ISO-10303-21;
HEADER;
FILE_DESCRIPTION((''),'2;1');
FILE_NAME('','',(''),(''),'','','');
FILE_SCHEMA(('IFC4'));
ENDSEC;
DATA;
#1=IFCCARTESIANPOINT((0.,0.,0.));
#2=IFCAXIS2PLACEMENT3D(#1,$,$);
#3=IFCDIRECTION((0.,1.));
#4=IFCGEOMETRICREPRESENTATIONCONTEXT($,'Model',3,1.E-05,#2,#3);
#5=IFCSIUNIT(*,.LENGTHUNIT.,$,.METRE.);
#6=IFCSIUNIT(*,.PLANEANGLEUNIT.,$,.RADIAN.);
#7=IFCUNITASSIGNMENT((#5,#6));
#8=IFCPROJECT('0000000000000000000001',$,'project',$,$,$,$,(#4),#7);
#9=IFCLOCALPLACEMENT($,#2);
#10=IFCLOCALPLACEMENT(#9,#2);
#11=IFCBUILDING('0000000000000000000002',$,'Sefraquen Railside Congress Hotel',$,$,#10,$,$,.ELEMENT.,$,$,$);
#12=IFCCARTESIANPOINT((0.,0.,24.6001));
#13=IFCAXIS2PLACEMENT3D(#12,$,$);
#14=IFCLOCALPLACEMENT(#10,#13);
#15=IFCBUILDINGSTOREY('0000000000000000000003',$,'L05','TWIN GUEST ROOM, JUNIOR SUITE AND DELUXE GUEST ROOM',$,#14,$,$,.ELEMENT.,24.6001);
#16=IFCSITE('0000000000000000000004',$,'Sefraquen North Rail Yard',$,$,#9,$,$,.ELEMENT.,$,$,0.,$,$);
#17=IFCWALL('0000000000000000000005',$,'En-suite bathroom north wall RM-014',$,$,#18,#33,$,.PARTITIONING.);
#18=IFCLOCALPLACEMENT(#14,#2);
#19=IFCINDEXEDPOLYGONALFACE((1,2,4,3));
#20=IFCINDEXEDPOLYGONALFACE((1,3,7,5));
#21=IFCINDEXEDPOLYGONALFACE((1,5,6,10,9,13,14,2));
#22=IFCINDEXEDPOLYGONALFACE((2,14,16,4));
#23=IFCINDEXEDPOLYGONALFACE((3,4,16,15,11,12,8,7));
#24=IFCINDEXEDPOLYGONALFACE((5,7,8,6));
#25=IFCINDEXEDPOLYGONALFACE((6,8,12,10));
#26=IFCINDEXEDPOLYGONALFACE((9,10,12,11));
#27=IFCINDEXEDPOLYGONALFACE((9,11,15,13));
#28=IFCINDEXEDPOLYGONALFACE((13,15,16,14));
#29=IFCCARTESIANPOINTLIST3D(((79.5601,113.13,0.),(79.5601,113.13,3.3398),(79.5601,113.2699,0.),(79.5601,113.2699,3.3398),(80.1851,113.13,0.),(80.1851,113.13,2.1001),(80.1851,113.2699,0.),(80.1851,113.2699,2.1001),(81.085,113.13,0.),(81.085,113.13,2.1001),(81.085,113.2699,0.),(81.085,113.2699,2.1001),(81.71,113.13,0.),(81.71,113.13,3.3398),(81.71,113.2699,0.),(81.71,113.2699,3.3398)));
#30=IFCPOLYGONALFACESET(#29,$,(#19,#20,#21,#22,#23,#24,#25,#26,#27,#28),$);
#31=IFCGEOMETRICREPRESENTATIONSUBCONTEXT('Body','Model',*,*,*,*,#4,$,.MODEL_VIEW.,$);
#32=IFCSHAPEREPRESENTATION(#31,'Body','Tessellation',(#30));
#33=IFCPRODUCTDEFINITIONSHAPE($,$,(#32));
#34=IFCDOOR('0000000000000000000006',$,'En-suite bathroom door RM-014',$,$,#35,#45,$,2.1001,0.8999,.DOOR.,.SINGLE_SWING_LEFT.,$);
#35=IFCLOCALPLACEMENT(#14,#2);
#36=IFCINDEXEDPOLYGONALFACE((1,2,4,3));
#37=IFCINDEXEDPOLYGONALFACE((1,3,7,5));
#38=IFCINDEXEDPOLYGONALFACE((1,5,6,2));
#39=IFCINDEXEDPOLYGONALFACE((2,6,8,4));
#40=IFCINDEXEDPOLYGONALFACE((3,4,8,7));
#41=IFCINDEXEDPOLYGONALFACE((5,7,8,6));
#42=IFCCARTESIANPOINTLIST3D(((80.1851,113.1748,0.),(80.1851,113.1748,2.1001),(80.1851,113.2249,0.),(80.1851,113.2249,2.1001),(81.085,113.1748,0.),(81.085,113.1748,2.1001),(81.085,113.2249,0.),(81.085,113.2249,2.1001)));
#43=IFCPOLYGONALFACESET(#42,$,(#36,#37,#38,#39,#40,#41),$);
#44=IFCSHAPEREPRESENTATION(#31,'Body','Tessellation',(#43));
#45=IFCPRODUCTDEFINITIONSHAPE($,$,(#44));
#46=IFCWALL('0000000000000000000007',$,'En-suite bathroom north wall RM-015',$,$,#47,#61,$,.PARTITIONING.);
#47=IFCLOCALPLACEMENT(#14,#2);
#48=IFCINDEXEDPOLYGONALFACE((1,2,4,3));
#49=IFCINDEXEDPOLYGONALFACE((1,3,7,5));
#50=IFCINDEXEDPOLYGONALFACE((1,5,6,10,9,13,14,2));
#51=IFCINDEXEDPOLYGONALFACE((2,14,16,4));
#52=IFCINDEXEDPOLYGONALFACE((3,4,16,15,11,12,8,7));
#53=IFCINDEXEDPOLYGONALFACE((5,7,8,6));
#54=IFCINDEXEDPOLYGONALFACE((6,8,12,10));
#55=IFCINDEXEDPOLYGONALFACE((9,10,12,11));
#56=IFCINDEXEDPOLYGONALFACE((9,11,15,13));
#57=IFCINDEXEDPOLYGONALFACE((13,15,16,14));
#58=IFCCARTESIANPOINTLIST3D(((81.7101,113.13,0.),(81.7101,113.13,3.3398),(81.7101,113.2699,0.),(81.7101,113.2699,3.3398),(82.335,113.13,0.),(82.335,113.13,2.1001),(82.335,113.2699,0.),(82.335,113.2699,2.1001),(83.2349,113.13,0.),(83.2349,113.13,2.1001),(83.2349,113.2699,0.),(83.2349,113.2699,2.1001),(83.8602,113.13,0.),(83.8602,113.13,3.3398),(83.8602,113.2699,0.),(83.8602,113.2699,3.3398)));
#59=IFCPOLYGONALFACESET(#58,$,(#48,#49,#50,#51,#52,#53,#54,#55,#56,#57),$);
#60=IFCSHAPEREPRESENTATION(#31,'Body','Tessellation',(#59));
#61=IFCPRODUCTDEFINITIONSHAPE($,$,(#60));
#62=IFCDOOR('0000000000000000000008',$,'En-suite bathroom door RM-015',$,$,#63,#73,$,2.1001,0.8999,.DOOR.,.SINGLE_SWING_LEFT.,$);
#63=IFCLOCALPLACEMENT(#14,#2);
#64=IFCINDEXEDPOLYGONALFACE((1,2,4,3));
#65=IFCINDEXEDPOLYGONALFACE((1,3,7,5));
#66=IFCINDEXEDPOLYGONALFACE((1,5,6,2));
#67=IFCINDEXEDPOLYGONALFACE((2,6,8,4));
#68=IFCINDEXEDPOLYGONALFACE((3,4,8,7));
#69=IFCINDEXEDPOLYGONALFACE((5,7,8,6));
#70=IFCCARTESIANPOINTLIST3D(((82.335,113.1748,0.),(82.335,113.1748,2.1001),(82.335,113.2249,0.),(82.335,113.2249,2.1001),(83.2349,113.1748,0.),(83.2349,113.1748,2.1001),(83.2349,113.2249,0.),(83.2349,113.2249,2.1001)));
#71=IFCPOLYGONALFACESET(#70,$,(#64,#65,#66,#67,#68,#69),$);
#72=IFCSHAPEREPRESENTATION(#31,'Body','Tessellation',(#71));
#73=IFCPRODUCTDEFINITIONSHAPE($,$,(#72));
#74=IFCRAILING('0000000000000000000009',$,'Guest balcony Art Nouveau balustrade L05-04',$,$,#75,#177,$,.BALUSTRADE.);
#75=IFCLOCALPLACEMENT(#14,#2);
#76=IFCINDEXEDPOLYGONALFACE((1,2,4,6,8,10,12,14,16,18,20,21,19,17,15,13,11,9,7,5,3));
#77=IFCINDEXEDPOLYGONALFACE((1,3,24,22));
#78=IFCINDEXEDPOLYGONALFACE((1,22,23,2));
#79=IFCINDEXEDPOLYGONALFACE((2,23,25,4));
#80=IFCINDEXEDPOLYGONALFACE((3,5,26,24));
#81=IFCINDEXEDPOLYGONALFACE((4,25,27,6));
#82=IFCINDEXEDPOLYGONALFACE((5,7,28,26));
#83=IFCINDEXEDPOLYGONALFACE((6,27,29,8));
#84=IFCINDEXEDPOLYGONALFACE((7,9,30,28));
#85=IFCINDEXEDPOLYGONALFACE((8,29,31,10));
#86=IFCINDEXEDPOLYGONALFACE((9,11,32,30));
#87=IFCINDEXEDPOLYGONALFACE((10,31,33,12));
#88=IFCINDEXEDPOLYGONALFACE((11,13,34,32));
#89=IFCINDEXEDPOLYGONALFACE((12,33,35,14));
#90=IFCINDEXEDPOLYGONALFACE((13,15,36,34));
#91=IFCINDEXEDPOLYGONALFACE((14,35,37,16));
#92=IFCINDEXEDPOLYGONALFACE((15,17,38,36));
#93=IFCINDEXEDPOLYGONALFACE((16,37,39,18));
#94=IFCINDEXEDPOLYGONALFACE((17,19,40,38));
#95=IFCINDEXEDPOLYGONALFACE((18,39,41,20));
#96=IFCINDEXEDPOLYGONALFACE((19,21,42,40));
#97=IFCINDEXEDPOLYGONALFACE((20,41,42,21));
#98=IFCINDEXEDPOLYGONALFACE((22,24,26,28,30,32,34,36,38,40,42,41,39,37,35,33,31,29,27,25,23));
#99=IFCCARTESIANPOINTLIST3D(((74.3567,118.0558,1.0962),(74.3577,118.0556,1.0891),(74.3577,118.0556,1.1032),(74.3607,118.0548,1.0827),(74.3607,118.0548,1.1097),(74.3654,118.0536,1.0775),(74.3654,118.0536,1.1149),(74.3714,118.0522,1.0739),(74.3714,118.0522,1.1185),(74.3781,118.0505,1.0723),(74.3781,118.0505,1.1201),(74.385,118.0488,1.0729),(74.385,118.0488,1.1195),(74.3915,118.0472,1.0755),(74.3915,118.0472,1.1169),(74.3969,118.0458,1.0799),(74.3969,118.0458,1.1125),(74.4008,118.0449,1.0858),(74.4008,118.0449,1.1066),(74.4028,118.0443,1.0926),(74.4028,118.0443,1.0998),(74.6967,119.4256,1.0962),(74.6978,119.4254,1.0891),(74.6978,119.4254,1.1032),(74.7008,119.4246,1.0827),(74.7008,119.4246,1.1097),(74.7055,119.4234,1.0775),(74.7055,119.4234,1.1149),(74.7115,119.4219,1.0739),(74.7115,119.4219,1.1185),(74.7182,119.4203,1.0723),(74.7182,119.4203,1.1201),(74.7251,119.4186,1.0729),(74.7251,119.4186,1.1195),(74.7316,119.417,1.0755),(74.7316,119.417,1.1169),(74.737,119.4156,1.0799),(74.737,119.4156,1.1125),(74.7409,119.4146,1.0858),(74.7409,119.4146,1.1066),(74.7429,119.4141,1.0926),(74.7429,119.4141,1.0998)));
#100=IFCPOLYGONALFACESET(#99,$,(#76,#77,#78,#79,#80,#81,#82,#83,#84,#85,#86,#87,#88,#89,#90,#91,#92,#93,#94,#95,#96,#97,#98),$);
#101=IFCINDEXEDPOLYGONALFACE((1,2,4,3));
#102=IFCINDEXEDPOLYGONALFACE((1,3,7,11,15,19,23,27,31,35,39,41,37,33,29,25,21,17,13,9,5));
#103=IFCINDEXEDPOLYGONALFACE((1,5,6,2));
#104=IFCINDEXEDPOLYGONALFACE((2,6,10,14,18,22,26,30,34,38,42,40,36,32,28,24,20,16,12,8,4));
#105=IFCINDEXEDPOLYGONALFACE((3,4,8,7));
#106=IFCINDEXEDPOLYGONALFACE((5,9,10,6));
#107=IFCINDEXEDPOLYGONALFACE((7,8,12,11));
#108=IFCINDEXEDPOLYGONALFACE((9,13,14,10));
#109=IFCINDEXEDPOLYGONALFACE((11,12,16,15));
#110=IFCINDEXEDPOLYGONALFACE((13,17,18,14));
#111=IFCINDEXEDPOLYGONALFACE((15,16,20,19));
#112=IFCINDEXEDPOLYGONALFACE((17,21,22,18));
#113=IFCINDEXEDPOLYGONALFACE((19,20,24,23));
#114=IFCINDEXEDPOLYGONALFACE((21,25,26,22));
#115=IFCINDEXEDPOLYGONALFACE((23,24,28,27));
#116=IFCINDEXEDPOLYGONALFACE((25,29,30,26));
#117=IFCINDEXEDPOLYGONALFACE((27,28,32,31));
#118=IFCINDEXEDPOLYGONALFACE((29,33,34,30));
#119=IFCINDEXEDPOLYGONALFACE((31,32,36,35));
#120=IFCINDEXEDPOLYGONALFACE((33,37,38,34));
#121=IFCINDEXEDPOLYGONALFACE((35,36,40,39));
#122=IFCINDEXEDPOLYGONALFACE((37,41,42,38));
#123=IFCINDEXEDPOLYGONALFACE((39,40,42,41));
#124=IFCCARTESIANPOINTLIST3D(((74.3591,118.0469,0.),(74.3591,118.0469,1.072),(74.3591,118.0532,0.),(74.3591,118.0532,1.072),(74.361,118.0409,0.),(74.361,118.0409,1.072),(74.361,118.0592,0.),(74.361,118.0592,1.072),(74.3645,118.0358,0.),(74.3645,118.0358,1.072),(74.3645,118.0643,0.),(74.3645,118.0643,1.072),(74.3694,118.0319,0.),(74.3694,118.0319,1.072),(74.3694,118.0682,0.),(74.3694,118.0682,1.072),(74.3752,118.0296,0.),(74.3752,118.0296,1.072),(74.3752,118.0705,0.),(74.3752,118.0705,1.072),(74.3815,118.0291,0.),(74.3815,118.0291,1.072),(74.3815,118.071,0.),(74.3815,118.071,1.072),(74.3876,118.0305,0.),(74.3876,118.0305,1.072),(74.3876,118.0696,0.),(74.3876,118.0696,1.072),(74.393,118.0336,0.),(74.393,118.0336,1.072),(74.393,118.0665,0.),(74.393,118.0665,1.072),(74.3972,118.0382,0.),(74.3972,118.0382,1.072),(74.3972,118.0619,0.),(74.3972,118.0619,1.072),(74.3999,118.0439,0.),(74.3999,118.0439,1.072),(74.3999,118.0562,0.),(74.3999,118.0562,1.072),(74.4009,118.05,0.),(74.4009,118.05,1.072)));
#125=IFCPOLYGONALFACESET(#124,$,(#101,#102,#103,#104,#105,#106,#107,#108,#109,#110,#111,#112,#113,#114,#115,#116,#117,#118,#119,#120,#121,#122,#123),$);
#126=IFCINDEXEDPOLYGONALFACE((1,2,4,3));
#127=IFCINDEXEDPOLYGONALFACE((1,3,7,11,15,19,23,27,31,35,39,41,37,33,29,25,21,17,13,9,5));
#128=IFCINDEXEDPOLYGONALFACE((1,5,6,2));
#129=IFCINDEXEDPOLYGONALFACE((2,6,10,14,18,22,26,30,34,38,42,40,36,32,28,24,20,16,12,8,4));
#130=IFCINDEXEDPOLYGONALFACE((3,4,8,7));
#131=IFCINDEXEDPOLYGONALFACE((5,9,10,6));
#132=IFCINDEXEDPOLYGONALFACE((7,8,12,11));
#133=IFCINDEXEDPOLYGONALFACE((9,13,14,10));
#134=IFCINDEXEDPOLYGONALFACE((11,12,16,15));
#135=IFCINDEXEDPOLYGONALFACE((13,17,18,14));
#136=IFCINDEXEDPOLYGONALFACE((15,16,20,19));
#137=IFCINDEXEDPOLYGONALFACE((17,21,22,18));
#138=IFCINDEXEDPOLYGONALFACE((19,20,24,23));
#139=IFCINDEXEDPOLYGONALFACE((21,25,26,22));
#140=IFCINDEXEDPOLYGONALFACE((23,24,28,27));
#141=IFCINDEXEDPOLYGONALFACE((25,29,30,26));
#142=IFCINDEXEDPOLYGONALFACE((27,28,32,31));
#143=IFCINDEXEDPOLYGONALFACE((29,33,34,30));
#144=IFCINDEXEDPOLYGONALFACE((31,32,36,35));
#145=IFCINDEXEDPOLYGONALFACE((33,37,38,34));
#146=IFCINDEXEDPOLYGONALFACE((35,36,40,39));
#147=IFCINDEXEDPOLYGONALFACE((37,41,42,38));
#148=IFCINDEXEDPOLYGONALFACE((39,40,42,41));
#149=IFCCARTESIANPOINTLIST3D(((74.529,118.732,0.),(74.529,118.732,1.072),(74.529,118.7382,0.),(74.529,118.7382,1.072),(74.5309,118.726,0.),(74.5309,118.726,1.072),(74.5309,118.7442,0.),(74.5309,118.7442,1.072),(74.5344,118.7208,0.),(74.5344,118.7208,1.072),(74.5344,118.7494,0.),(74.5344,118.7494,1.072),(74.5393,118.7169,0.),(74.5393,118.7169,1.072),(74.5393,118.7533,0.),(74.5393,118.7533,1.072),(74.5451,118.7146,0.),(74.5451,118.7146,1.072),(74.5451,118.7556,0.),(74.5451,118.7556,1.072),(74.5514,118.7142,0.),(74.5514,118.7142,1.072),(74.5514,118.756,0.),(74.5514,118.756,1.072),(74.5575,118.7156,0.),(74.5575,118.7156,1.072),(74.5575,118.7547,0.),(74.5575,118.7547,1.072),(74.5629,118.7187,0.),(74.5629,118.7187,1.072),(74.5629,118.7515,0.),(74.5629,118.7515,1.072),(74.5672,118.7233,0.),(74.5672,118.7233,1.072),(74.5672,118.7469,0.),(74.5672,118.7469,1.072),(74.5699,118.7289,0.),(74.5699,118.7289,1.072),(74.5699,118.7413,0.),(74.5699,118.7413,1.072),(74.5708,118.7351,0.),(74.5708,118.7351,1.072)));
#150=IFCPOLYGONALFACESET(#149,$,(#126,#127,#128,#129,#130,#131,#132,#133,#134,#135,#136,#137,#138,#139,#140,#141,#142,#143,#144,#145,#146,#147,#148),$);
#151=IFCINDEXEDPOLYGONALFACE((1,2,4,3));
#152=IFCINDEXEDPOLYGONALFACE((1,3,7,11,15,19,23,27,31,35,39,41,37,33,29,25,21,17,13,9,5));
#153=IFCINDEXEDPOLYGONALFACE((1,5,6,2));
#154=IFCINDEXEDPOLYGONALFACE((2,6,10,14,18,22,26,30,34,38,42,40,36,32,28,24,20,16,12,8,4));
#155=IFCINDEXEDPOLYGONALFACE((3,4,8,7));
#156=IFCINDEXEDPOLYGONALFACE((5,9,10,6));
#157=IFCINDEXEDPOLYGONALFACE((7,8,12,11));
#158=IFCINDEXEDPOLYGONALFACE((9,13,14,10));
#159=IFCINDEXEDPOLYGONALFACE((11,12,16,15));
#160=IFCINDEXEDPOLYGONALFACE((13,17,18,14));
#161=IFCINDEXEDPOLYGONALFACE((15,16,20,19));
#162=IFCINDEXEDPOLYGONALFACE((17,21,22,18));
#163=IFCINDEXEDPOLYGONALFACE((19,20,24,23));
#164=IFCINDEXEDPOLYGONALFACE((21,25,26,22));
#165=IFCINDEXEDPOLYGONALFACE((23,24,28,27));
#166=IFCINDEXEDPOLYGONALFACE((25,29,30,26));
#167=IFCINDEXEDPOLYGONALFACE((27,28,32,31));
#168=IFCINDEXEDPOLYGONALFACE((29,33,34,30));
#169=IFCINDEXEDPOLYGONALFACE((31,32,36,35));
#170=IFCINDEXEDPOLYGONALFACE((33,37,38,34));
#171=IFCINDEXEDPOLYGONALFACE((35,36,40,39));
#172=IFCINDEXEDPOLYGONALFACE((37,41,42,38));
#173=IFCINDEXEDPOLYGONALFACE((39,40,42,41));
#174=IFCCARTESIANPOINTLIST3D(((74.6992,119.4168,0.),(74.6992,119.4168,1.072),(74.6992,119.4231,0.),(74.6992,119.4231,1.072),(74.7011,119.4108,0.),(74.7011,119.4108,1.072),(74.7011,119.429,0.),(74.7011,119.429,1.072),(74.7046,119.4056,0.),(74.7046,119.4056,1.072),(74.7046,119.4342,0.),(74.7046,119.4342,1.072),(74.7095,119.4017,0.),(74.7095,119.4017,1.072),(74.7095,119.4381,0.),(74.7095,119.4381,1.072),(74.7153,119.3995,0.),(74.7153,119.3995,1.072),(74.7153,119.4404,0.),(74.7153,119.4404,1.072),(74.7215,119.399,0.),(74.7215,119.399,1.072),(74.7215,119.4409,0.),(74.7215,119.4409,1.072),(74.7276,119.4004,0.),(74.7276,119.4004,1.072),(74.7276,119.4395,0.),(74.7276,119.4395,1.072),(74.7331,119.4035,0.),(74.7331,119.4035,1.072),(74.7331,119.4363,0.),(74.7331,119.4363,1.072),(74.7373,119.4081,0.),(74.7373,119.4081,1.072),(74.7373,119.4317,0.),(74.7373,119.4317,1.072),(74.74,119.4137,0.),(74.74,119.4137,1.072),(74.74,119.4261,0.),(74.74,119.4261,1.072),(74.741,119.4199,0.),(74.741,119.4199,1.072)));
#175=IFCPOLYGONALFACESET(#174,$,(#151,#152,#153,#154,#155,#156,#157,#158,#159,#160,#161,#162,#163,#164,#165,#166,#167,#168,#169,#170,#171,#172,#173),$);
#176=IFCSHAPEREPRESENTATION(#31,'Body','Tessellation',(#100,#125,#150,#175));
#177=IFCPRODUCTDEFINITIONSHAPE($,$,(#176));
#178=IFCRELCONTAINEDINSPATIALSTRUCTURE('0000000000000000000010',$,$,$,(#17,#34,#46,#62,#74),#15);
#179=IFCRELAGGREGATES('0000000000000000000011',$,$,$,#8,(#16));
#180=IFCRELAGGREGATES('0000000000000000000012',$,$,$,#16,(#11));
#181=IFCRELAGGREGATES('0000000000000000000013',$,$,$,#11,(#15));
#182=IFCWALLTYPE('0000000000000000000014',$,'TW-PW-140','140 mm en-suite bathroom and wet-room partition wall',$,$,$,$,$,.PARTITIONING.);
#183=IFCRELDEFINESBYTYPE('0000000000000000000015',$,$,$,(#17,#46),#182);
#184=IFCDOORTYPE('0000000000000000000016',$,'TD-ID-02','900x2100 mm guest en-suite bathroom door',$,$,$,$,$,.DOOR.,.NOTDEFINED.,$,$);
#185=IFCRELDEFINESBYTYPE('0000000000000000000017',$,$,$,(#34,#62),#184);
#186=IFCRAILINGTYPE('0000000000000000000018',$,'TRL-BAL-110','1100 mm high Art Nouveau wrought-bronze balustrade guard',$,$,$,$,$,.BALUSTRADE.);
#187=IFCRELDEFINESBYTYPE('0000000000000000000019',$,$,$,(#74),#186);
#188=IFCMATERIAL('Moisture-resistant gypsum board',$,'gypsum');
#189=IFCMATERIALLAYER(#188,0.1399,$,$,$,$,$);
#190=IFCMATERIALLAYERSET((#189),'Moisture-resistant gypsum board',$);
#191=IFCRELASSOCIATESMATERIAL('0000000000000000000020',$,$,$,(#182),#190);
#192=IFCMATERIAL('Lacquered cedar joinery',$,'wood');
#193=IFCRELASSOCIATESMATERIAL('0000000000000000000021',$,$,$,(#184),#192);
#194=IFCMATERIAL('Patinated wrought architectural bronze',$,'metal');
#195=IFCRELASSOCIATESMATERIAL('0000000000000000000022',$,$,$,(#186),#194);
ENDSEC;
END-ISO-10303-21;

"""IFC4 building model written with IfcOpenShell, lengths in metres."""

from ifc_helpers import new_model, si_unit, direction, frame, frame_2d, origin, origin_2d, place, context, subcontext, project, spatial, rectangle, circle, extrude, material, layer, layer_set, type_object, element, fill, save


model = new_model("IFC4")

# Units and contexts
model_context = context("Model", 3, precision=1e-05, world=origin(), true_north=direction((0.0, 1.0)))
body_context = subcontext(model_context, "Body", "Model", "MODEL_VIEW")
ifc_project = project(units=[si_unit("LENGTHUNIT", "METRE"), si_unit("PLANEANGLEUNIT", "RADIAN")], contexts=[model_context])

# Site, building, storey
site_placement = place(None, origin())
site = spatial("IfcSite", under=ifc_project, at=site_placement, Name="Sefraquen North Rail Yard", CompositionType="ELEMENT", RefElevation=0.0)
building_placement = place(site_placement, origin())
building = spatial("IfcBuilding", under=site, at=building_placement, Name="Sefraquen Railside Congress Hotel", CompositionType="ELEMENT")
storey_placement = place(building_placement, frame((0.0, 0.0, 24.6001)))
storey = spatial("IfcBuildingStorey", under=building, at=storey_placement, Name="L05", Description="TWIN GUEST ROOM, JUNIOR SUITE AND DELUXE GUEST ROOM", CompositionType="ELEMENT", Elevation=24.6001)

# Walls, openings, doors
ifc_material_1 = material(Name="Moisture-resistant gypsum board", Category="gypsum")
ifc_layer = layer(ifc_material_1, 0.1399)
ifc_layer_set = layer_set([ifc_layer], Name="Moisture-resistant gypsum board")
wall_type = type_object("IfcWallType", Name="TW-PW-140", Description="140 mm en-suite bathroom and wet-room partition wall", PredefinedType="PARTITIONING", material=ifc_layer_set)
ifc_material_2 = material(Name="Lacquered cedar joinery", Category="wood")
door_type = type_object("IfcDoorType", Name="TD-ID-02", Description="900x2100 mm guest en-suite bathroom door", OperationType="NOTDEFINED", PredefinedType="DOOR", material=ifc_material_2)
wall_1_placement = place(storey_placement, frame((79.5601, 113.2, 0.0), z_axis=(0.0, 0.0, 1.0), x_axis=(1.0, 0.0, 0.0)))
wall_1 = element("IfcWall", 1, at=wall_1_placement, inside=storey, type_object=wall_type, Name="En-suite bathroom north wall RM-014", PredefinedType="PARTITIONING", context=body_context, shape_type="SweptSolid", body=[
    extrude(rectangle(XDim=2.1499, YDim=0.1399, at=frame_2d((1.075, 0.0))), origin(), (0.0, 0.0, 1.0), 3.3398),
])
opening_1_placement = place(wall_1_placement, frame((0.625, 0.0, 0.0)))
opening_1 = element("IfcOpeningElement", 2, at=opening_1_placement, cuts=wall_1, PredefinedType="OPENING", context=body_context, shape_type="SweptSolid", body=[
    extrude(rectangle(XDim=0.8999, YDim=2.1001, at=frame_2d((0.45, 1.05))), frame((0.0, 0.0798, 0.0), z_axis=(0.0, -1.0, 0.0), x_axis=(1.0, 0.0, 0.0)), (0.0, 0.0, 1.0), 0.1599),
])
door_1_placement = place(opening_1_placement, origin())
door_1 = element("IfcDoor", 3, at=door_1_placement, inside=storey, type_object=door_type, Name="En-suite bathroom door RM-014", OperationType="SINGLE_SWING_LEFT", OverallHeight=2.1001, OverallWidth=0.8999, PredefinedType="DOOR", context=body_context, shape_type="SweptSolid", body=[
    extrude(rectangle(XDim=0.8999, YDim=2.1001, at=frame_2d((0.45, 1.05))), frame((0.0, 0.0249, 0.0), z_axis=(0.0, -1.0, 0.0), x_axis=(1.0, 0.0, 0.0)), (0.0, 0.0, 1.0), 0.05),
])
fill(opening_1, door_1)
wall_2_placement = place(storey_placement, frame((81.71, 113.2, 0.0), z_axis=(0.0, 0.0, 1.0), x_axis=(1.0, 0.0, 0.0)))
wall_2 = element("IfcWall", 4, at=wall_2_placement, inside=storey, type_object=wall_type, Name="En-suite bathroom north wall RM-015", PredefinedType="PARTITIONING", context=body_context, shape_type="SweptSolid", body=[
    extrude(rectangle(XDim=2.1501, YDim=0.1399, at=frame_2d((1.0752, 0.0))), origin(), (0.0, 0.0, 1.0), 3.3398),
])
opening_2_placement = place(wall_2_placement, frame((0.625, 0.0, 0.0)))
opening_2 = element("IfcOpeningElement", 5, at=opening_2_placement, cuts=wall_2, PredefinedType="OPENING", context=body_context, shape_type="SweptSolid", body=[
    extrude(rectangle(XDim=0.8999, YDim=2.1001, at=frame_2d((0.45, 1.05))), frame((0.0, 0.0798, 0.0), z_axis=(0.0, -1.0, 0.0), x_axis=(1.0, 0.0, 0.0)), (0.0, 0.0, 1.0), 0.1599),
])
door_2_placement = place(opening_2_placement, origin())
door_2 = element("IfcDoor", 6, at=door_2_placement, inside=storey, type_object=door_type, Name="En-suite bathroom door RM-015", OperationType="SINGLE_SWING_LEFT", OverallHeight=2.1001, OverallWidth=0.8999, PredefinedType="DOOR", context=body_context, shape_type="SweptSolid", body=[
    extrude(rectangle(XDim=0.8999, YDim=2.1001, at=frame_2d((0.45, 1.05))), frame((0.0, 0.0249, 0.0), z_axis=(0.0, -1.0, 0.0), x_axis=(1.0, 0.0, 0.0)), (0.0, 0.0, 1.0), 0.05),
])
fill(opening_2, door_2)

# Railing
ifc_material_3 = material(Name="Patinated wrought architectural bronze", Category="metal")
railing_type = type_object("IfcRailingType", Name="TRL-BAL-110", Description="1100 mm high Art Nouveau wrought-bronze balustrade guard", PredefinedType="BALUSTRADE", material=ifc_material_3)
railing_1_placement = place(storey_placement, frame((74.3799, 118.05, 0.0)))
element("IfcRailing", 7, at=railing_1_placement, inside=storey, type_object=railing_type, Name="Guest balcony Art Nouveau balustrade L05-04", PredefinedType="BALUSTRADE", context=body_context, shape_type="SweptSolid", body=[
    extrude(circle(Radius=0.0239, at=origin_2d()), frame((0.0, 0.0, 1.0962), z_axis=(0.240948, 0.970538, 0.0), x_axis=(-0.970538, 0.240948, 0.0)), (0.0, 0.0, 1.0), 1.4114),
    extrude(circle(Radius=0.021, at=origin_2d()), origin(), (0.0, 0.0, 1.0), 1.072),
    extrude(circle(Radius=0.021, at=origin_2d()), frame((0.1699, 0.6851, 0.0)), (0.0, 0.0, 1.0), 1.072),
    extrude(circle(Radius=0.021, at=origin_2d()), frame((0.3401, 1.3699, 0.0)), (0.0, 0.0, 1.0), 1.072),
])

save(model, "model.ifc")
